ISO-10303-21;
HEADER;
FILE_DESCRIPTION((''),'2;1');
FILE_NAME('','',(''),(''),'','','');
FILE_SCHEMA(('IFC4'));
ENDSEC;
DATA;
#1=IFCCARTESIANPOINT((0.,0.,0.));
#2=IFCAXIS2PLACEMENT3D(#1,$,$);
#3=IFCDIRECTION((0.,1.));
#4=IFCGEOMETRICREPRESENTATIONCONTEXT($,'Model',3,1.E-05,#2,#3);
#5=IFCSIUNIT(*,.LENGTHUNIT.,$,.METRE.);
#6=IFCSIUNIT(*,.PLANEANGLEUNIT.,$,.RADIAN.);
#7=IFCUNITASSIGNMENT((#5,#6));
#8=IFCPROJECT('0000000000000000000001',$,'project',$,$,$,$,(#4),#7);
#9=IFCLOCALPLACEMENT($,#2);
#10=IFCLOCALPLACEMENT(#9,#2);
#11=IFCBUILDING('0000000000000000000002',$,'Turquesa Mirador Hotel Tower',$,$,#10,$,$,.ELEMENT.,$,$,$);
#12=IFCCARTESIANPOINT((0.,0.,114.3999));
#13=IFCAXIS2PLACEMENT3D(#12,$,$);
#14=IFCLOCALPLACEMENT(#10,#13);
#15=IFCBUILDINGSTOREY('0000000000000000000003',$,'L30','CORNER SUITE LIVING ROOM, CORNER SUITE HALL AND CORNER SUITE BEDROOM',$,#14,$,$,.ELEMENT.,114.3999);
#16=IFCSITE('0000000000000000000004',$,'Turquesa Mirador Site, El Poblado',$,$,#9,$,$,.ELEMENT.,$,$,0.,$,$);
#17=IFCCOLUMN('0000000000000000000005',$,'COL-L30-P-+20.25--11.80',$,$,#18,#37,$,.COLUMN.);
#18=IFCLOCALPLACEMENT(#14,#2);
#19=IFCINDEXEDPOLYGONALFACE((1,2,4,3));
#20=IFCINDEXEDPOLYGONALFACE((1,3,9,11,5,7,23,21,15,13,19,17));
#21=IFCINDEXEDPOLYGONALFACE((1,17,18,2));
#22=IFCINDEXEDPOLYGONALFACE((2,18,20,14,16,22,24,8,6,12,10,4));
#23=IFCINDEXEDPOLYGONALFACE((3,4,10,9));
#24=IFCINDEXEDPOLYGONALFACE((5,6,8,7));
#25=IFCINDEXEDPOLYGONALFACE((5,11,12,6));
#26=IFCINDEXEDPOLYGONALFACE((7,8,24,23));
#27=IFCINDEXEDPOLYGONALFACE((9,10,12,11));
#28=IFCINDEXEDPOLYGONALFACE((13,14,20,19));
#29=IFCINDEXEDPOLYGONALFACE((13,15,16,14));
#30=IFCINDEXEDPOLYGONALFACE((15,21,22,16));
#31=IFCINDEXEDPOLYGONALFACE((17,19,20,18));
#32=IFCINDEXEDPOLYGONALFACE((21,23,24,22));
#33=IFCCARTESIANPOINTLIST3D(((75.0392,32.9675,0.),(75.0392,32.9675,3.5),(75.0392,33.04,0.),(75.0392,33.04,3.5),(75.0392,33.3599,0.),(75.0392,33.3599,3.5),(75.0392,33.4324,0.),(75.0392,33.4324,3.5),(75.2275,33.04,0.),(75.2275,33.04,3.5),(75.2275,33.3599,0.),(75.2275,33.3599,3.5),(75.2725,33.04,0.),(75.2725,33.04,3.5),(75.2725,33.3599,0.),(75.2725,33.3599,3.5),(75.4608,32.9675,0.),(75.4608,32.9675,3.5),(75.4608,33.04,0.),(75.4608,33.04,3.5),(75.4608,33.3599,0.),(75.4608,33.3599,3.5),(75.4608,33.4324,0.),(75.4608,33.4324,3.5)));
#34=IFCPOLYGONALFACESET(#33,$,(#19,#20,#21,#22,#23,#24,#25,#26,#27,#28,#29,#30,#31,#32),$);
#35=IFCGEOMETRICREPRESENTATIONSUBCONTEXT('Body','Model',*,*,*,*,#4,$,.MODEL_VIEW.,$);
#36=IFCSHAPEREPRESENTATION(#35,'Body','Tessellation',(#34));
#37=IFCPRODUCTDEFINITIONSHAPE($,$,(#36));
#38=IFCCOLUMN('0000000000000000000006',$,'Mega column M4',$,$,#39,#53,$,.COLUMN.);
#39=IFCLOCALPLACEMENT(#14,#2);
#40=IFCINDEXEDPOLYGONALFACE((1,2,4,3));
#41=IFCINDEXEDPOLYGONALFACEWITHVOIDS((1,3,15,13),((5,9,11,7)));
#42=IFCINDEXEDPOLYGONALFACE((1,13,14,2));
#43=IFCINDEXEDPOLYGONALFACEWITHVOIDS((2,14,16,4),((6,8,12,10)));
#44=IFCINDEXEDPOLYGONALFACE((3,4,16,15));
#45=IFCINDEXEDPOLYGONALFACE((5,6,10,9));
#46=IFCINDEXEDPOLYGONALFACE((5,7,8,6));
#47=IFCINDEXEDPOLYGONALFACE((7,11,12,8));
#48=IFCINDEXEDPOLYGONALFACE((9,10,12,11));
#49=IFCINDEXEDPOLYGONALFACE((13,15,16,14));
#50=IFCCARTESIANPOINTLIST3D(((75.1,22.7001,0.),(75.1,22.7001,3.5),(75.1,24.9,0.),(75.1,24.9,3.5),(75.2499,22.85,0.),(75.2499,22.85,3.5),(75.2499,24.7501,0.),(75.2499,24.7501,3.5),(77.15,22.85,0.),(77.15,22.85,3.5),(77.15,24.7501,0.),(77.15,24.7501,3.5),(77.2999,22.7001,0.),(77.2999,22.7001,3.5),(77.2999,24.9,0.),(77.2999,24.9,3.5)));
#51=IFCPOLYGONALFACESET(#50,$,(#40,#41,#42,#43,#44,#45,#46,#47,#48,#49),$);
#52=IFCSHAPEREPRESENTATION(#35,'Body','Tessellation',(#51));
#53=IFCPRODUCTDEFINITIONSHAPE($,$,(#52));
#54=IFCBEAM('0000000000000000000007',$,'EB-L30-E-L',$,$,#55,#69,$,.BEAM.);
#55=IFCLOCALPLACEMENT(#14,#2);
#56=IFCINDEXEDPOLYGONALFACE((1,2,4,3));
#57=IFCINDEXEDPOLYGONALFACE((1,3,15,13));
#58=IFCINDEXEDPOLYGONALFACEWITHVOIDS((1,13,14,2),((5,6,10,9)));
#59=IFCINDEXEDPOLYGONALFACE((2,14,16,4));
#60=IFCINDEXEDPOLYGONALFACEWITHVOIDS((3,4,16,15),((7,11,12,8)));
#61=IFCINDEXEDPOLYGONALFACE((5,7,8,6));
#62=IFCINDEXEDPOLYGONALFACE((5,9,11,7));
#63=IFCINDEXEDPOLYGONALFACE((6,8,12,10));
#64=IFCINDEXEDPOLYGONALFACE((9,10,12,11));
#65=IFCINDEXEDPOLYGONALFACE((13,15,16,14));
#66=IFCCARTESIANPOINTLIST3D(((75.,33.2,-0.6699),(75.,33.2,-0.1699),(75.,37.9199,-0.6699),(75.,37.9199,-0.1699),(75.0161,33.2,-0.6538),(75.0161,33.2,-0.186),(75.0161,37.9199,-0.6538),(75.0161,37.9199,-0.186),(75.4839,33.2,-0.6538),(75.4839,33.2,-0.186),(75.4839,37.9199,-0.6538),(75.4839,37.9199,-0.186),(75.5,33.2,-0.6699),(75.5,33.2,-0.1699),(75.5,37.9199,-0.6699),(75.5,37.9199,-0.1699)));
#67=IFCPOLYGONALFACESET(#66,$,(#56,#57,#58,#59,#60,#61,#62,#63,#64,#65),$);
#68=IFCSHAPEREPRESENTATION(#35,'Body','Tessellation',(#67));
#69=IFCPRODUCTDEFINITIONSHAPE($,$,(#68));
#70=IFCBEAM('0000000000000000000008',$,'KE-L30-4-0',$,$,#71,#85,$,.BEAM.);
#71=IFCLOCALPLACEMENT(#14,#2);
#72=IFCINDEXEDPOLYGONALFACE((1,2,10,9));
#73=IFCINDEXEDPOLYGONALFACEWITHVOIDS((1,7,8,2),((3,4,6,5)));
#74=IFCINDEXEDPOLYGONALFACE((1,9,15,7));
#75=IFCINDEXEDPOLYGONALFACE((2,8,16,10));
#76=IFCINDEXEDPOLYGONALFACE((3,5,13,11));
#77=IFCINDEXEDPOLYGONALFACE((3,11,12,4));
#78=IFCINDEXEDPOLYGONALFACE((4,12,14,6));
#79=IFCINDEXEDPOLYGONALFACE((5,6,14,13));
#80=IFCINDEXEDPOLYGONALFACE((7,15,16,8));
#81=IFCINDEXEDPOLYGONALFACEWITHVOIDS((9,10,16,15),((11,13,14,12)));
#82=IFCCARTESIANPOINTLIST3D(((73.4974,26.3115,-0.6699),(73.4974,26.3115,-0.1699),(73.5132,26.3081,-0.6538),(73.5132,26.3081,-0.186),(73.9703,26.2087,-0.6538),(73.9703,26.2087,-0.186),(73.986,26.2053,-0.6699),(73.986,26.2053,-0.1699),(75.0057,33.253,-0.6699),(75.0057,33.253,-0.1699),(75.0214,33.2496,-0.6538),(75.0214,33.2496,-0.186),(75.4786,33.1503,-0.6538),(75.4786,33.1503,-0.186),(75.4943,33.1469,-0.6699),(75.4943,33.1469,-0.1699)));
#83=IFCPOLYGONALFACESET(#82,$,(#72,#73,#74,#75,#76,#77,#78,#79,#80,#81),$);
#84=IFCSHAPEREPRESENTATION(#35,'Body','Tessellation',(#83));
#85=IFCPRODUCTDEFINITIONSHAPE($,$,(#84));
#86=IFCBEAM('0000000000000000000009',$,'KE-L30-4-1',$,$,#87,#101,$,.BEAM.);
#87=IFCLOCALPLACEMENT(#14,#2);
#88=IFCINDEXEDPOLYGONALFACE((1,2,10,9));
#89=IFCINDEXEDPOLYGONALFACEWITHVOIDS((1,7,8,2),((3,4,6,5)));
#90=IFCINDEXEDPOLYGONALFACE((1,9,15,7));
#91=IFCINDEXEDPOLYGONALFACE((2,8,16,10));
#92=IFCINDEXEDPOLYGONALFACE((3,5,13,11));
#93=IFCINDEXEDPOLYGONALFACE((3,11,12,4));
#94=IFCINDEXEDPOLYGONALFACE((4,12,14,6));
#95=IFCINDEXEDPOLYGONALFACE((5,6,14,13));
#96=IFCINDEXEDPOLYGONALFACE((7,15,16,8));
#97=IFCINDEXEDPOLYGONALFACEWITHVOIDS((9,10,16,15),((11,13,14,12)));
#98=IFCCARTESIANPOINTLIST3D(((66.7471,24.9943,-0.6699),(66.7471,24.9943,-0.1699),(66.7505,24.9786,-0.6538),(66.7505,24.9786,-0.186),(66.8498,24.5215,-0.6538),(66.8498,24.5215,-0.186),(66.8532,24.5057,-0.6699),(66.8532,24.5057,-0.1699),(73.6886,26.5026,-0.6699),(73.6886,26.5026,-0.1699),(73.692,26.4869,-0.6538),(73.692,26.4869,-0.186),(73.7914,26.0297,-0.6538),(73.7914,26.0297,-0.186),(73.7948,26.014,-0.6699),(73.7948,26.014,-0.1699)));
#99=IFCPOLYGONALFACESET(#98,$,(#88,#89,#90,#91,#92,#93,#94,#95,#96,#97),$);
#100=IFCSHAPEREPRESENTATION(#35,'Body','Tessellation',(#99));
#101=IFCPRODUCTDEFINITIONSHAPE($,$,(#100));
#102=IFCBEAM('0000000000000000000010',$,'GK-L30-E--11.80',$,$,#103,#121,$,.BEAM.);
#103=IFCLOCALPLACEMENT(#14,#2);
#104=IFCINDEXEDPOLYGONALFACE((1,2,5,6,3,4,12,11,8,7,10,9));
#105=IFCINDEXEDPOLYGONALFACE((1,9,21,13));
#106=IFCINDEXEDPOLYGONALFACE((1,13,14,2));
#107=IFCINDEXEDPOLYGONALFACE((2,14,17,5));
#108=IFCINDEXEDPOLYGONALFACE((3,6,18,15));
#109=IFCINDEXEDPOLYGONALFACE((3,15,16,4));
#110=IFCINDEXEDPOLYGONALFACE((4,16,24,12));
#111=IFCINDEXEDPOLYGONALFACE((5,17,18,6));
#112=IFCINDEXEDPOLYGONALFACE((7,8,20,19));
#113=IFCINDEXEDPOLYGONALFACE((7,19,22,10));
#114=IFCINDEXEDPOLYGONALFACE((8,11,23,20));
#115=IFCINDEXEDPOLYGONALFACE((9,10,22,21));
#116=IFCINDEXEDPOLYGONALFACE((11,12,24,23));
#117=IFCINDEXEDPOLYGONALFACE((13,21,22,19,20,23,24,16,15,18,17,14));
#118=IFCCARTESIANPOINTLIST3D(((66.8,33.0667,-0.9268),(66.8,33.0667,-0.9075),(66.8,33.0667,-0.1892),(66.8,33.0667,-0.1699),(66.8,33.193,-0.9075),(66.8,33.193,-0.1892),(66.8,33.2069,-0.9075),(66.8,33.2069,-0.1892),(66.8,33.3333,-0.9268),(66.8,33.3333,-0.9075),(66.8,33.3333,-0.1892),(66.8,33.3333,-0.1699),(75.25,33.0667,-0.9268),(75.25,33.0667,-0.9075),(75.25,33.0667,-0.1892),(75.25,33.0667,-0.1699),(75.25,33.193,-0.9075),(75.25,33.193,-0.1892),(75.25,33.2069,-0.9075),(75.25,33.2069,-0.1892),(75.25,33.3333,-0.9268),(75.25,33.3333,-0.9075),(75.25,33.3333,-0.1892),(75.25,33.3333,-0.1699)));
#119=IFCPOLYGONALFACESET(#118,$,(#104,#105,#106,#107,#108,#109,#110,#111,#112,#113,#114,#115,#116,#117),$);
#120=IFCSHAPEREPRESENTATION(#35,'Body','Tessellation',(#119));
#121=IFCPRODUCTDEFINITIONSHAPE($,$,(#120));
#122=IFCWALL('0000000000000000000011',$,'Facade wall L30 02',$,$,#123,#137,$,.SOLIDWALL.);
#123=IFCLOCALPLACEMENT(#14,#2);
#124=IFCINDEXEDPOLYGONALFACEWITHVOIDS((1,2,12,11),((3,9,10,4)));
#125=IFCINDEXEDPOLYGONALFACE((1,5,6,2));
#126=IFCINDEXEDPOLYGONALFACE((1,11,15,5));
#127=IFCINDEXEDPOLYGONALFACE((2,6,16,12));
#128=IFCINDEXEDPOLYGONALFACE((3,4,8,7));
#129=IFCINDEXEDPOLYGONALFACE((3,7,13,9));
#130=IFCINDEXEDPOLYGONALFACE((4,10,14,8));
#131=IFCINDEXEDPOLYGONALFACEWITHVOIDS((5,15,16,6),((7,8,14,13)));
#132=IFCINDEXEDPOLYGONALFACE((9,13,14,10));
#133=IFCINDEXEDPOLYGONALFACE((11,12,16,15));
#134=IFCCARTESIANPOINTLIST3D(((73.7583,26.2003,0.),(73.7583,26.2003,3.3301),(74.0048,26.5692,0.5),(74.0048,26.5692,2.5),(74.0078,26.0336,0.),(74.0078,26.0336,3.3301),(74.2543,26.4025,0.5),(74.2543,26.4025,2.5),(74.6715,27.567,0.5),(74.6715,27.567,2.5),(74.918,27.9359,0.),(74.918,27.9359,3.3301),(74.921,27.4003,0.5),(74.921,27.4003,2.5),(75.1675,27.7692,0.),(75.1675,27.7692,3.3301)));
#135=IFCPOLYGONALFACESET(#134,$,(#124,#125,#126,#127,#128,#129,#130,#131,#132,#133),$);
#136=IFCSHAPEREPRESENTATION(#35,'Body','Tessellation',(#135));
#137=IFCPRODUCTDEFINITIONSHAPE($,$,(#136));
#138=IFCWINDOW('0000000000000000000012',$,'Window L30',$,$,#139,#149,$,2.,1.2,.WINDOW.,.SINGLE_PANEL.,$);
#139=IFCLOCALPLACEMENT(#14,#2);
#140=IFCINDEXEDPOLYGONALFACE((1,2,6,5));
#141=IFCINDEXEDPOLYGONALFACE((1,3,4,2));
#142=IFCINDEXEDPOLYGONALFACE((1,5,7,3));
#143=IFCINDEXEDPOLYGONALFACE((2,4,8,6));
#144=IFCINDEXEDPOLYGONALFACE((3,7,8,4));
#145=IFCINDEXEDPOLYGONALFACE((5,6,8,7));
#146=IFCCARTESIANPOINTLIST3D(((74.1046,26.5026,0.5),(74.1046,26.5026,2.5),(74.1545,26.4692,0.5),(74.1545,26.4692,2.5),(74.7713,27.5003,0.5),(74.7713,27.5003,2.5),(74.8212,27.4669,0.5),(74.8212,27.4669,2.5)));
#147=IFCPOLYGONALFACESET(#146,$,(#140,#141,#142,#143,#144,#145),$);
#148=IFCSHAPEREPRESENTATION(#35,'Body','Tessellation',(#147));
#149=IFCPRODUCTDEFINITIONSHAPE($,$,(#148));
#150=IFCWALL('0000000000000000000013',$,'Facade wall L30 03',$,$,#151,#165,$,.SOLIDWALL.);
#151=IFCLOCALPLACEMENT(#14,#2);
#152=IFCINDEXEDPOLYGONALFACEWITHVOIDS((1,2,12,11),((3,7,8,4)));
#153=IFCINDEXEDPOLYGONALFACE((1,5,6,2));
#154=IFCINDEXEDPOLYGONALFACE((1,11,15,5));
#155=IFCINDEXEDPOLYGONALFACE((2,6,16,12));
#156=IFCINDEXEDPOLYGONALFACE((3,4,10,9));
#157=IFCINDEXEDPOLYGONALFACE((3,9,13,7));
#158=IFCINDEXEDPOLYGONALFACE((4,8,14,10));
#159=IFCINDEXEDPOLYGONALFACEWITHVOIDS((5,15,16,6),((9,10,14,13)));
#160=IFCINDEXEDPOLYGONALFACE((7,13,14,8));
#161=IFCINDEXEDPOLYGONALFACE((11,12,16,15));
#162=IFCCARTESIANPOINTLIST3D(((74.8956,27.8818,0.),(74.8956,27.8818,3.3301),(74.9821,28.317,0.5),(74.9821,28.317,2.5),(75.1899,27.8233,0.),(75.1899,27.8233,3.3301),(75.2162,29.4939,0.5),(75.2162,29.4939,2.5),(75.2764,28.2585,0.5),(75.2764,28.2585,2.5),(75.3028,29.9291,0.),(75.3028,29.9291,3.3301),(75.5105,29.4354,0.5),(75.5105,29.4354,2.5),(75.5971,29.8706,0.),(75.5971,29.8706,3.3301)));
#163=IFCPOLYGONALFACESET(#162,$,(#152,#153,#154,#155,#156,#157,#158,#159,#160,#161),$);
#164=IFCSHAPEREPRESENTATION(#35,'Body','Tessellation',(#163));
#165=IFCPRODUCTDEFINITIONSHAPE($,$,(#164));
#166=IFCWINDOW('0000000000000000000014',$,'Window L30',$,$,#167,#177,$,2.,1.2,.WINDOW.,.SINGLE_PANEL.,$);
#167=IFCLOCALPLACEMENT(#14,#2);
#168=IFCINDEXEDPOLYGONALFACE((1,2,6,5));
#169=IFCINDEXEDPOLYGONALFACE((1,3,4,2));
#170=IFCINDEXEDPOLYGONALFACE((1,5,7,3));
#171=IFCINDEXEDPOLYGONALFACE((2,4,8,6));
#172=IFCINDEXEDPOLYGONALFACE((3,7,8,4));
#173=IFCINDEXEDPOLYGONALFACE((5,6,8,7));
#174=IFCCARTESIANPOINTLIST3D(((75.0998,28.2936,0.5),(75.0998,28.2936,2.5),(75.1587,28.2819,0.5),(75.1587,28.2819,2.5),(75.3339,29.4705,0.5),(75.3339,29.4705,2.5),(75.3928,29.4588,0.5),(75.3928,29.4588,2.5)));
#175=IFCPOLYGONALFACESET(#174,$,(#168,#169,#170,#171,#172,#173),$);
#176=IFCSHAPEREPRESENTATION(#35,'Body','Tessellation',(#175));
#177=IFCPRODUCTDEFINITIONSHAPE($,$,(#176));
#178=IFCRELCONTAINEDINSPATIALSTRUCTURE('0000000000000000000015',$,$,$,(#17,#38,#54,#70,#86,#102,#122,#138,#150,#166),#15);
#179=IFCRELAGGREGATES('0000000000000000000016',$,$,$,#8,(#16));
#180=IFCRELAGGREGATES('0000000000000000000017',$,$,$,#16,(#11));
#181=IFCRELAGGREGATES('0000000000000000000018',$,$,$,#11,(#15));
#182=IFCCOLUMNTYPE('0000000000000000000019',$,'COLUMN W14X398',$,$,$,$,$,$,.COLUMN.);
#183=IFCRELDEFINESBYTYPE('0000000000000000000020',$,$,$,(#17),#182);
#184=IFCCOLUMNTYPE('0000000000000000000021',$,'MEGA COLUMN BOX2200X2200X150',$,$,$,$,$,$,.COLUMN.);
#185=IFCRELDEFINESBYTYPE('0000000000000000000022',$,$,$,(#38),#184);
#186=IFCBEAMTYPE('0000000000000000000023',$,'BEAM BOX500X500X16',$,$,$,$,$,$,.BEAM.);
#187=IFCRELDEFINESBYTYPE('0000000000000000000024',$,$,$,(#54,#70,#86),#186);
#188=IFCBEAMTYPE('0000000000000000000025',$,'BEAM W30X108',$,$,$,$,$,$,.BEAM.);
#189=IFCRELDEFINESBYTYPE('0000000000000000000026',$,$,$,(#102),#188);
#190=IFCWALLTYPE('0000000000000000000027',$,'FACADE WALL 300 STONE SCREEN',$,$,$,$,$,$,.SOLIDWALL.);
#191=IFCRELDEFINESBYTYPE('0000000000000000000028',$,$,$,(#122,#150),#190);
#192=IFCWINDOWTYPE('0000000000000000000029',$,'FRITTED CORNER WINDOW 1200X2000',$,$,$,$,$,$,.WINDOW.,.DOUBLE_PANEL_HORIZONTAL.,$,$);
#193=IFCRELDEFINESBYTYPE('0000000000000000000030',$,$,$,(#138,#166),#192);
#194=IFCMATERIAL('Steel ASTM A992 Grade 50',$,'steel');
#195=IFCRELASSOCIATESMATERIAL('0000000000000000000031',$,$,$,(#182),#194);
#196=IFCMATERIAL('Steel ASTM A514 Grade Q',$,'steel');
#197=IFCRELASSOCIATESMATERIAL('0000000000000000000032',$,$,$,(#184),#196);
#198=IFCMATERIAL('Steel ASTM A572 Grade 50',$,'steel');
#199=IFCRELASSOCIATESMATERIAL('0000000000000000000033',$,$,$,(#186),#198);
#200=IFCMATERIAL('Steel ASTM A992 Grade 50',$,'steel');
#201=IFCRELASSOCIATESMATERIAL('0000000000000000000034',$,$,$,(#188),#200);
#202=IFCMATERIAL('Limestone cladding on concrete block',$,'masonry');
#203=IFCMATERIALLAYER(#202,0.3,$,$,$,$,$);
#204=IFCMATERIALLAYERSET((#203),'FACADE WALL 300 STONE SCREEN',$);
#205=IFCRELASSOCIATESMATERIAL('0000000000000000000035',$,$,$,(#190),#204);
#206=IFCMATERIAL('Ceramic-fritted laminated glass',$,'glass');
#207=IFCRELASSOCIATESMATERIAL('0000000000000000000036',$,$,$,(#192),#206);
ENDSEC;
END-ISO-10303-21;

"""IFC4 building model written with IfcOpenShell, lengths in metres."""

from ifc_helpers import new_model, si_unit, direction, frame, frame_2d, origin, origin_2d, place, context, subcontext, project, spatial, rectangle, hollow_rectangle, i_section, extrude, material, layer, layer_set, material_profile, profile_set, type_object, element, fill, save


model = new_model("IFC4")

# Units and contexts
model_context = context("Model", 3, precision=1e-05, world=origin(), true_north=direction((0.0, 1.0)))
body_context = subcontext(model_context, "Body", "Model", "MODEL_VIEW")
ifc_project = project(units=[si_unit("LENGTHUNIT", "METRE"), si_unit("PLANEANGLEUNIT", "RADIAN")], contexts=[model_context])

# Site, building, storey
site_placement = place(None, origin())
site = spatial("IfcSite", under=ifc_project, at=site_placement, Name="Turquesa Mirador Site, El Poblado", CompositionType="ELEMENT", RefElevation=0.0)
building_placement = place(site_placement, origin())
building = spatial("IfcBuilding", under=site, at=building_placement, Name="Turquesa Mirador Hotel Tower", CompositionType="ELEMENT")
storey_placement = place(building_placement, frame((0.0, 0.0, 114.3999)))
storey = spatial("IfcBuildingStorey", under=building, at=storey_placement, Name="L30", Description="CORNER SUITE LIVING ROOM, CORNER SUITE HALL AND CORNER SUITE BEDROOM", CompositionType="ELEMENT", Elevation=114.3999)

# Columns
ifc_material_1 = material(Name="Steel ASTM A992 Grade 50", Category="steel")
ifc_material_profile_1 = material_profile(ifc_material_1, i_section(OverallWidth=0.4216, OverallDepth=0.4648, WebThickness=0.0449, FlangeThickness=0.0725, at=origin_2d()), Name="W14X398")
ifc_profile_set_1 = profile_set([ifc_material_profile_1], Name="Steel ASTM A992 Grade 50")
column_type_1 = type_object("IfcColumnType", Name="COLUMN W14X398", PredefinedType="COLUMN", material=ifc_profile_set_1)
column_1_placement = place(storey_placement, frame((75.25, 33.2, 0.0), z_axis=(0.0, 0.0, 1.0), x_axis=(1.0, 0.0, 0.0)))
element("IfcColumn", 1, at=column_1_placement, inside=storey, type_object=column_type_1, Name="COL-L30-P-+20.25--11.80", PredefinedType="COLUMN", context=body_context, shape_type="SweptSolid", body=[
    extrude(i_section(OverallWidth=0.4216, OverallDepth=0.4648, WebThickness=0.0449, FlangeThickness=0.0725, at=origin_2d()), origin(), (0.0, 0.0, 1.0), 3.5),
])
ifc_material_2 = material(Name="Steel ASTM A514 Grade Q", Category="steel")
ifc_material_profile_2 = material_profile(ifc_material_2, hollow_rectangle(XDim=2.2, YDim=2.2, WallThickness=0.1499, at=origin_2d()), Name="BOX2200X2200X150")
ifc_profile_set_2 = profile_set([ifc_material_profile_2], Name="Steel ASTM A514 Grade Q")
column_type_2 = type_object("IfcColumnType", Name="MEGA COLUMN BOX2200X2200X150", PredefinedType="COLUMN", material=ifc_profile_set_2)
column_2_placement = place(storey_placement, frame((76.2, 23.8, 0.0), z_axis=(0.0, 0.0, 1.0), x_axis=(1.0, 0.0, 0.0)))
element("IfcColumn", 2, at=column_2_placement, inside=storey, type_object=column_type_2, Name="Mega column M4", PredefinedType="COLUMN", context=body_context, shape_type="SweptSolid", body=[
    extrude(hollow_rectangle(XDim=2.2, YDim=2.2, WallThickness=0.1499, at=origin_2d()), origin(), (0.0, 0.0, 1.0), 3.5),
])

# Beams
ifc_material_3 = material(Name="Steel ASTM A572 Grade 50", Category="steel")
ifc_material_profile_3 = material_profile(ifc_material_3, hollow_rectangle(XDim=0.5, YDim=0.5, WallThickness=0.0161, at=origin_2d()), Name="BOX500X500X16")
ifc_profile_set_3 = profile_set([ifc_material_profile_3], Name="Steel ASTM A572 Grade 50")
beam_type_1 = type_object("IfcBeamType", Name="BEAM BOX500X500X16", PredefinedType="BEAM", material=ifc_profile_set_3)
beam_1_placement = place(storey_placement, frame((75.25, 33.2, -0.4199), z_axis=(0.0, 1.0, 0.0), x_axis=(-1.0, 0.0, 0.0)))
element("IfcBeam", 3, at=beam_1_placement, inside=storey, type_object=beam_type_1, Name="EB-L30-E-L", PredefinedType="BEAM", context=body_context, shape_type="SweptSolid", body=[
    extrude(hollow_rectangle(XDim=0.5, YDim=0.5, WallThickness=0.0161, at=origin_2d()), origin(), (0.0, 0.0, 1.0), 4.72),
])
for number, where, z_axis, x_axis, name in (
    (4, (75.25, 33.2, -0.4199), (-0.212328, -0.977198, 0.0), (0.977198, -0.212328, 0.0), "KE-L30-4-0"),
    (5, (73.7417, 26.2583, -0.4199), (-0.977198, -0.212328, 0.0), (0.212328, -0.977198, 0.0), "KE-L30-4-1"),
):
    element("IfcBeam", number, at=place(storey_placement, frame(where, z_axis=z_axis, x_axis=x_axis)), inside=storey, type_object=beam_type_1, Name=name, PredefinedType="BEAM", context=body_context, shape_type="SweptSolid", body=[
        extrude(hollow_rectangle(XDim=0.5, YDim=0.5, WallThickness=0.0161, at=origin_2d()), origin(), (0.0, 0.0, 1.0), 7.1035),
    ])
ifc_material_4 = material(Name="Steel ASTM A992 Grade 50", Category="steel")
ifc_material_profile_4 = material_profile(ifc_material_4, i_section(OverallWidth=0.2666, OverallDepth=0.7568, WebThickness=0.0139, FlangeThickness=0.0193, at=origin_2d()), Name="W30X108")
ifc_profile_set_4 = profile_set([ifc_material_profile_4], Name="Steel ASTM A992 Grade 50")
beam_type_2 = type_object("IfcBeamType", Name="BEAM W30X108", PredefinedType="BEAM", material=ifc_profile_set_4)
beam_2_placement = place(storey_placement, frame((75.25, 33.2, -0.5483), z_axis=(-1.0, 0.0, 0.0), x_axis=(0.0, -1.0, 0.0)))
element("IfcBeam", 6, at=beam_2_placement, inside=storey, type_object=beam_type_2, Name="GK-L30-E--11.80", PredefinedType="BEAM", context=body_context, shape_type="SweptSolid", body=[
    extrude(i_section(OverallWidth=0.2666, OverallDepth=0.7568, WebThickness=0.0139, FlangeThickness=0.0193, at=origin_2d()), origin(), (0.0, 0.0, 1.0), 8.45),
])

# Walls, openings, windows
ifc_material_5 = material(Name="Limestone cladding on concrete block", Category="masonry")
ifc_layer = layer(ifc_material_5, 0.3)
ifc_layer_set = layer_set([ifc_layer], Name="FACADE WALL 300 STONE SCREEN")
wall_type = type_object("IfcWallType", Name="FACADE WALL 300 STONE SCREEN", PredefinedType="SOLIDWALL", material=ifc_layer_set)
wall_1_placement = place(storey_placement, frame((73.8831, 26.1169, 0.0), z_axis=(0.0, 0.0, 1.0), x_axis=(0.555564, 0.831474, 0.0)))
wall_1 = element("IfcWall", 7, at=wall_1_placement, inside=storey, type_object=wall_type, Name="Facade wall L30 02", PredefinedType="SOLIDWALL", context=body_context, shape_type="SweptSolid", body=[
    extrude(rectangle(XDim=2.0874, YDim=0.3, at=frame_2d((1.0437, 0.0))), origin(), (0.0, 0.0, 1.0), 3.3301),
])
opening_1_placement = place(wall_1_placement, frame((0.4436, 0.0, 0.5)))
opening_1 = element("IfcOpeningElement", 8, at=opening_1_placement, cuts=wall_1, PredefinedType="OPENING", context=body_context, shape_type="SweptSolid", body=[
    extrude(rectangle(XDim=1.2, YDim=2.0, at=frame_2d((0.6001, 1.0))), frame((0.0, 0.1599, 0.0), z_axis=(0.0, -1.0, 0.0), x_axis=(1.0, 0.0, 0.0)), (0.0, 0.0, 1.0), 0.3201),
])
ifc_material_6 = material(Name="Ceramic-fritted laminated glass", Category="glass")
window_type_1 = type_object("IfcWindowType", Name="FRITTED CORNER WINDOW 1200X2000", PartitioningType="DOUBLE_PANEL_HORIZONTAL", PredefinedType="WINDOW", material=ifc_material_6)
window_1_placement = place(opening_1_placement, origin())
window_1 = element("IfcWindow", 9, at=window_1_placement, inside=storey, type_object=window_type_1, Name="Window L30", OverallHeight=2.0, OverallWidth=1.2, PartitioningType="SINGLE_PANEL", PredefinedType="WINDOW", context=body_context, shape_type="SweptSolid", body=[
    extrude(rectangle(XDim=1.2, YDim=2.0, at=frame_2d((0.6001, 1.0))), frame((0.0, 0.03, 0.0), z_axis=(0.0, -1.0, 0.0), x_axis=(1.0, 0.0, 0.0)), (0.0, 0.0, 1.0), 0.0601),
])
fill(opening_1, window_1)
wall_2_placement = place(storey_placement, frame((75.0427, 27.8525, 0.0), z_axis=(0.0, 0.0, 1.0), x_axis=(0.195081, 0.980787, 0.0)))
wall_2 = element("IfcWall", 10, at=wall_2_placement, inside=storey, type_object=wall_type, Name="Facade wall L30 03", PredefinedType="SOLIDWALL", context=body_context, shape_type="SweptSolid", body=[
    extrude(rectangle(XDim=2.0874, YDim=0.3, at=frame_2d((1.0437, 0.0))), origin(), (0.0, 0.0, 1.0), 3.3301),
])
opening_2_placement = place(wall_2_placement, frame((0.4436, 0.0, 0.5)))
opening_2 = element("IfcOpeningElement", 11, at=opening_2_placement, cuts=wall_2, PredefinedType="OPENING", context=body_context, shape_type="SweptSolid", body=[
    extrude(rectangle(XDim=1.2, YDim=2.0, at=frame_2d((0.6001, 1.0))), frame((0.0, 0.1599, 0.0), z_axis=(0.0, -1.0, 0.0), x_axis=(1.0, 0.0, 0.0)), (0.0, 0.0, 1.0), 0.3201),
])
window_2_placement = place(opening_2_placement, origin())
window_2 = element("IfcWindow", 12, at=window_2_placement, inside=storey, type_object=window_type_1, Name="Window L30", OverallHeight=2.0, OverallWidth=1.2, PartitioningType="SINGLE_PANEL", PredefinedType="WINDOW", context=body_context, shape_type="SweptSolid", body=[
    extrude(rectangle(XDim=1.2, YDim=2.0, at=frame_2d((0.6001, 1.0))), frame((0.0, 0.03, 0.0), z_axis=(0.0, -1.0, 0.0), x_axis=(1.0, 0.0, 0.0)), (0.0, 0.0, 1.0), 0.0601),
])
fill(opening_2, window_2)

save(model, "model.ifc")
